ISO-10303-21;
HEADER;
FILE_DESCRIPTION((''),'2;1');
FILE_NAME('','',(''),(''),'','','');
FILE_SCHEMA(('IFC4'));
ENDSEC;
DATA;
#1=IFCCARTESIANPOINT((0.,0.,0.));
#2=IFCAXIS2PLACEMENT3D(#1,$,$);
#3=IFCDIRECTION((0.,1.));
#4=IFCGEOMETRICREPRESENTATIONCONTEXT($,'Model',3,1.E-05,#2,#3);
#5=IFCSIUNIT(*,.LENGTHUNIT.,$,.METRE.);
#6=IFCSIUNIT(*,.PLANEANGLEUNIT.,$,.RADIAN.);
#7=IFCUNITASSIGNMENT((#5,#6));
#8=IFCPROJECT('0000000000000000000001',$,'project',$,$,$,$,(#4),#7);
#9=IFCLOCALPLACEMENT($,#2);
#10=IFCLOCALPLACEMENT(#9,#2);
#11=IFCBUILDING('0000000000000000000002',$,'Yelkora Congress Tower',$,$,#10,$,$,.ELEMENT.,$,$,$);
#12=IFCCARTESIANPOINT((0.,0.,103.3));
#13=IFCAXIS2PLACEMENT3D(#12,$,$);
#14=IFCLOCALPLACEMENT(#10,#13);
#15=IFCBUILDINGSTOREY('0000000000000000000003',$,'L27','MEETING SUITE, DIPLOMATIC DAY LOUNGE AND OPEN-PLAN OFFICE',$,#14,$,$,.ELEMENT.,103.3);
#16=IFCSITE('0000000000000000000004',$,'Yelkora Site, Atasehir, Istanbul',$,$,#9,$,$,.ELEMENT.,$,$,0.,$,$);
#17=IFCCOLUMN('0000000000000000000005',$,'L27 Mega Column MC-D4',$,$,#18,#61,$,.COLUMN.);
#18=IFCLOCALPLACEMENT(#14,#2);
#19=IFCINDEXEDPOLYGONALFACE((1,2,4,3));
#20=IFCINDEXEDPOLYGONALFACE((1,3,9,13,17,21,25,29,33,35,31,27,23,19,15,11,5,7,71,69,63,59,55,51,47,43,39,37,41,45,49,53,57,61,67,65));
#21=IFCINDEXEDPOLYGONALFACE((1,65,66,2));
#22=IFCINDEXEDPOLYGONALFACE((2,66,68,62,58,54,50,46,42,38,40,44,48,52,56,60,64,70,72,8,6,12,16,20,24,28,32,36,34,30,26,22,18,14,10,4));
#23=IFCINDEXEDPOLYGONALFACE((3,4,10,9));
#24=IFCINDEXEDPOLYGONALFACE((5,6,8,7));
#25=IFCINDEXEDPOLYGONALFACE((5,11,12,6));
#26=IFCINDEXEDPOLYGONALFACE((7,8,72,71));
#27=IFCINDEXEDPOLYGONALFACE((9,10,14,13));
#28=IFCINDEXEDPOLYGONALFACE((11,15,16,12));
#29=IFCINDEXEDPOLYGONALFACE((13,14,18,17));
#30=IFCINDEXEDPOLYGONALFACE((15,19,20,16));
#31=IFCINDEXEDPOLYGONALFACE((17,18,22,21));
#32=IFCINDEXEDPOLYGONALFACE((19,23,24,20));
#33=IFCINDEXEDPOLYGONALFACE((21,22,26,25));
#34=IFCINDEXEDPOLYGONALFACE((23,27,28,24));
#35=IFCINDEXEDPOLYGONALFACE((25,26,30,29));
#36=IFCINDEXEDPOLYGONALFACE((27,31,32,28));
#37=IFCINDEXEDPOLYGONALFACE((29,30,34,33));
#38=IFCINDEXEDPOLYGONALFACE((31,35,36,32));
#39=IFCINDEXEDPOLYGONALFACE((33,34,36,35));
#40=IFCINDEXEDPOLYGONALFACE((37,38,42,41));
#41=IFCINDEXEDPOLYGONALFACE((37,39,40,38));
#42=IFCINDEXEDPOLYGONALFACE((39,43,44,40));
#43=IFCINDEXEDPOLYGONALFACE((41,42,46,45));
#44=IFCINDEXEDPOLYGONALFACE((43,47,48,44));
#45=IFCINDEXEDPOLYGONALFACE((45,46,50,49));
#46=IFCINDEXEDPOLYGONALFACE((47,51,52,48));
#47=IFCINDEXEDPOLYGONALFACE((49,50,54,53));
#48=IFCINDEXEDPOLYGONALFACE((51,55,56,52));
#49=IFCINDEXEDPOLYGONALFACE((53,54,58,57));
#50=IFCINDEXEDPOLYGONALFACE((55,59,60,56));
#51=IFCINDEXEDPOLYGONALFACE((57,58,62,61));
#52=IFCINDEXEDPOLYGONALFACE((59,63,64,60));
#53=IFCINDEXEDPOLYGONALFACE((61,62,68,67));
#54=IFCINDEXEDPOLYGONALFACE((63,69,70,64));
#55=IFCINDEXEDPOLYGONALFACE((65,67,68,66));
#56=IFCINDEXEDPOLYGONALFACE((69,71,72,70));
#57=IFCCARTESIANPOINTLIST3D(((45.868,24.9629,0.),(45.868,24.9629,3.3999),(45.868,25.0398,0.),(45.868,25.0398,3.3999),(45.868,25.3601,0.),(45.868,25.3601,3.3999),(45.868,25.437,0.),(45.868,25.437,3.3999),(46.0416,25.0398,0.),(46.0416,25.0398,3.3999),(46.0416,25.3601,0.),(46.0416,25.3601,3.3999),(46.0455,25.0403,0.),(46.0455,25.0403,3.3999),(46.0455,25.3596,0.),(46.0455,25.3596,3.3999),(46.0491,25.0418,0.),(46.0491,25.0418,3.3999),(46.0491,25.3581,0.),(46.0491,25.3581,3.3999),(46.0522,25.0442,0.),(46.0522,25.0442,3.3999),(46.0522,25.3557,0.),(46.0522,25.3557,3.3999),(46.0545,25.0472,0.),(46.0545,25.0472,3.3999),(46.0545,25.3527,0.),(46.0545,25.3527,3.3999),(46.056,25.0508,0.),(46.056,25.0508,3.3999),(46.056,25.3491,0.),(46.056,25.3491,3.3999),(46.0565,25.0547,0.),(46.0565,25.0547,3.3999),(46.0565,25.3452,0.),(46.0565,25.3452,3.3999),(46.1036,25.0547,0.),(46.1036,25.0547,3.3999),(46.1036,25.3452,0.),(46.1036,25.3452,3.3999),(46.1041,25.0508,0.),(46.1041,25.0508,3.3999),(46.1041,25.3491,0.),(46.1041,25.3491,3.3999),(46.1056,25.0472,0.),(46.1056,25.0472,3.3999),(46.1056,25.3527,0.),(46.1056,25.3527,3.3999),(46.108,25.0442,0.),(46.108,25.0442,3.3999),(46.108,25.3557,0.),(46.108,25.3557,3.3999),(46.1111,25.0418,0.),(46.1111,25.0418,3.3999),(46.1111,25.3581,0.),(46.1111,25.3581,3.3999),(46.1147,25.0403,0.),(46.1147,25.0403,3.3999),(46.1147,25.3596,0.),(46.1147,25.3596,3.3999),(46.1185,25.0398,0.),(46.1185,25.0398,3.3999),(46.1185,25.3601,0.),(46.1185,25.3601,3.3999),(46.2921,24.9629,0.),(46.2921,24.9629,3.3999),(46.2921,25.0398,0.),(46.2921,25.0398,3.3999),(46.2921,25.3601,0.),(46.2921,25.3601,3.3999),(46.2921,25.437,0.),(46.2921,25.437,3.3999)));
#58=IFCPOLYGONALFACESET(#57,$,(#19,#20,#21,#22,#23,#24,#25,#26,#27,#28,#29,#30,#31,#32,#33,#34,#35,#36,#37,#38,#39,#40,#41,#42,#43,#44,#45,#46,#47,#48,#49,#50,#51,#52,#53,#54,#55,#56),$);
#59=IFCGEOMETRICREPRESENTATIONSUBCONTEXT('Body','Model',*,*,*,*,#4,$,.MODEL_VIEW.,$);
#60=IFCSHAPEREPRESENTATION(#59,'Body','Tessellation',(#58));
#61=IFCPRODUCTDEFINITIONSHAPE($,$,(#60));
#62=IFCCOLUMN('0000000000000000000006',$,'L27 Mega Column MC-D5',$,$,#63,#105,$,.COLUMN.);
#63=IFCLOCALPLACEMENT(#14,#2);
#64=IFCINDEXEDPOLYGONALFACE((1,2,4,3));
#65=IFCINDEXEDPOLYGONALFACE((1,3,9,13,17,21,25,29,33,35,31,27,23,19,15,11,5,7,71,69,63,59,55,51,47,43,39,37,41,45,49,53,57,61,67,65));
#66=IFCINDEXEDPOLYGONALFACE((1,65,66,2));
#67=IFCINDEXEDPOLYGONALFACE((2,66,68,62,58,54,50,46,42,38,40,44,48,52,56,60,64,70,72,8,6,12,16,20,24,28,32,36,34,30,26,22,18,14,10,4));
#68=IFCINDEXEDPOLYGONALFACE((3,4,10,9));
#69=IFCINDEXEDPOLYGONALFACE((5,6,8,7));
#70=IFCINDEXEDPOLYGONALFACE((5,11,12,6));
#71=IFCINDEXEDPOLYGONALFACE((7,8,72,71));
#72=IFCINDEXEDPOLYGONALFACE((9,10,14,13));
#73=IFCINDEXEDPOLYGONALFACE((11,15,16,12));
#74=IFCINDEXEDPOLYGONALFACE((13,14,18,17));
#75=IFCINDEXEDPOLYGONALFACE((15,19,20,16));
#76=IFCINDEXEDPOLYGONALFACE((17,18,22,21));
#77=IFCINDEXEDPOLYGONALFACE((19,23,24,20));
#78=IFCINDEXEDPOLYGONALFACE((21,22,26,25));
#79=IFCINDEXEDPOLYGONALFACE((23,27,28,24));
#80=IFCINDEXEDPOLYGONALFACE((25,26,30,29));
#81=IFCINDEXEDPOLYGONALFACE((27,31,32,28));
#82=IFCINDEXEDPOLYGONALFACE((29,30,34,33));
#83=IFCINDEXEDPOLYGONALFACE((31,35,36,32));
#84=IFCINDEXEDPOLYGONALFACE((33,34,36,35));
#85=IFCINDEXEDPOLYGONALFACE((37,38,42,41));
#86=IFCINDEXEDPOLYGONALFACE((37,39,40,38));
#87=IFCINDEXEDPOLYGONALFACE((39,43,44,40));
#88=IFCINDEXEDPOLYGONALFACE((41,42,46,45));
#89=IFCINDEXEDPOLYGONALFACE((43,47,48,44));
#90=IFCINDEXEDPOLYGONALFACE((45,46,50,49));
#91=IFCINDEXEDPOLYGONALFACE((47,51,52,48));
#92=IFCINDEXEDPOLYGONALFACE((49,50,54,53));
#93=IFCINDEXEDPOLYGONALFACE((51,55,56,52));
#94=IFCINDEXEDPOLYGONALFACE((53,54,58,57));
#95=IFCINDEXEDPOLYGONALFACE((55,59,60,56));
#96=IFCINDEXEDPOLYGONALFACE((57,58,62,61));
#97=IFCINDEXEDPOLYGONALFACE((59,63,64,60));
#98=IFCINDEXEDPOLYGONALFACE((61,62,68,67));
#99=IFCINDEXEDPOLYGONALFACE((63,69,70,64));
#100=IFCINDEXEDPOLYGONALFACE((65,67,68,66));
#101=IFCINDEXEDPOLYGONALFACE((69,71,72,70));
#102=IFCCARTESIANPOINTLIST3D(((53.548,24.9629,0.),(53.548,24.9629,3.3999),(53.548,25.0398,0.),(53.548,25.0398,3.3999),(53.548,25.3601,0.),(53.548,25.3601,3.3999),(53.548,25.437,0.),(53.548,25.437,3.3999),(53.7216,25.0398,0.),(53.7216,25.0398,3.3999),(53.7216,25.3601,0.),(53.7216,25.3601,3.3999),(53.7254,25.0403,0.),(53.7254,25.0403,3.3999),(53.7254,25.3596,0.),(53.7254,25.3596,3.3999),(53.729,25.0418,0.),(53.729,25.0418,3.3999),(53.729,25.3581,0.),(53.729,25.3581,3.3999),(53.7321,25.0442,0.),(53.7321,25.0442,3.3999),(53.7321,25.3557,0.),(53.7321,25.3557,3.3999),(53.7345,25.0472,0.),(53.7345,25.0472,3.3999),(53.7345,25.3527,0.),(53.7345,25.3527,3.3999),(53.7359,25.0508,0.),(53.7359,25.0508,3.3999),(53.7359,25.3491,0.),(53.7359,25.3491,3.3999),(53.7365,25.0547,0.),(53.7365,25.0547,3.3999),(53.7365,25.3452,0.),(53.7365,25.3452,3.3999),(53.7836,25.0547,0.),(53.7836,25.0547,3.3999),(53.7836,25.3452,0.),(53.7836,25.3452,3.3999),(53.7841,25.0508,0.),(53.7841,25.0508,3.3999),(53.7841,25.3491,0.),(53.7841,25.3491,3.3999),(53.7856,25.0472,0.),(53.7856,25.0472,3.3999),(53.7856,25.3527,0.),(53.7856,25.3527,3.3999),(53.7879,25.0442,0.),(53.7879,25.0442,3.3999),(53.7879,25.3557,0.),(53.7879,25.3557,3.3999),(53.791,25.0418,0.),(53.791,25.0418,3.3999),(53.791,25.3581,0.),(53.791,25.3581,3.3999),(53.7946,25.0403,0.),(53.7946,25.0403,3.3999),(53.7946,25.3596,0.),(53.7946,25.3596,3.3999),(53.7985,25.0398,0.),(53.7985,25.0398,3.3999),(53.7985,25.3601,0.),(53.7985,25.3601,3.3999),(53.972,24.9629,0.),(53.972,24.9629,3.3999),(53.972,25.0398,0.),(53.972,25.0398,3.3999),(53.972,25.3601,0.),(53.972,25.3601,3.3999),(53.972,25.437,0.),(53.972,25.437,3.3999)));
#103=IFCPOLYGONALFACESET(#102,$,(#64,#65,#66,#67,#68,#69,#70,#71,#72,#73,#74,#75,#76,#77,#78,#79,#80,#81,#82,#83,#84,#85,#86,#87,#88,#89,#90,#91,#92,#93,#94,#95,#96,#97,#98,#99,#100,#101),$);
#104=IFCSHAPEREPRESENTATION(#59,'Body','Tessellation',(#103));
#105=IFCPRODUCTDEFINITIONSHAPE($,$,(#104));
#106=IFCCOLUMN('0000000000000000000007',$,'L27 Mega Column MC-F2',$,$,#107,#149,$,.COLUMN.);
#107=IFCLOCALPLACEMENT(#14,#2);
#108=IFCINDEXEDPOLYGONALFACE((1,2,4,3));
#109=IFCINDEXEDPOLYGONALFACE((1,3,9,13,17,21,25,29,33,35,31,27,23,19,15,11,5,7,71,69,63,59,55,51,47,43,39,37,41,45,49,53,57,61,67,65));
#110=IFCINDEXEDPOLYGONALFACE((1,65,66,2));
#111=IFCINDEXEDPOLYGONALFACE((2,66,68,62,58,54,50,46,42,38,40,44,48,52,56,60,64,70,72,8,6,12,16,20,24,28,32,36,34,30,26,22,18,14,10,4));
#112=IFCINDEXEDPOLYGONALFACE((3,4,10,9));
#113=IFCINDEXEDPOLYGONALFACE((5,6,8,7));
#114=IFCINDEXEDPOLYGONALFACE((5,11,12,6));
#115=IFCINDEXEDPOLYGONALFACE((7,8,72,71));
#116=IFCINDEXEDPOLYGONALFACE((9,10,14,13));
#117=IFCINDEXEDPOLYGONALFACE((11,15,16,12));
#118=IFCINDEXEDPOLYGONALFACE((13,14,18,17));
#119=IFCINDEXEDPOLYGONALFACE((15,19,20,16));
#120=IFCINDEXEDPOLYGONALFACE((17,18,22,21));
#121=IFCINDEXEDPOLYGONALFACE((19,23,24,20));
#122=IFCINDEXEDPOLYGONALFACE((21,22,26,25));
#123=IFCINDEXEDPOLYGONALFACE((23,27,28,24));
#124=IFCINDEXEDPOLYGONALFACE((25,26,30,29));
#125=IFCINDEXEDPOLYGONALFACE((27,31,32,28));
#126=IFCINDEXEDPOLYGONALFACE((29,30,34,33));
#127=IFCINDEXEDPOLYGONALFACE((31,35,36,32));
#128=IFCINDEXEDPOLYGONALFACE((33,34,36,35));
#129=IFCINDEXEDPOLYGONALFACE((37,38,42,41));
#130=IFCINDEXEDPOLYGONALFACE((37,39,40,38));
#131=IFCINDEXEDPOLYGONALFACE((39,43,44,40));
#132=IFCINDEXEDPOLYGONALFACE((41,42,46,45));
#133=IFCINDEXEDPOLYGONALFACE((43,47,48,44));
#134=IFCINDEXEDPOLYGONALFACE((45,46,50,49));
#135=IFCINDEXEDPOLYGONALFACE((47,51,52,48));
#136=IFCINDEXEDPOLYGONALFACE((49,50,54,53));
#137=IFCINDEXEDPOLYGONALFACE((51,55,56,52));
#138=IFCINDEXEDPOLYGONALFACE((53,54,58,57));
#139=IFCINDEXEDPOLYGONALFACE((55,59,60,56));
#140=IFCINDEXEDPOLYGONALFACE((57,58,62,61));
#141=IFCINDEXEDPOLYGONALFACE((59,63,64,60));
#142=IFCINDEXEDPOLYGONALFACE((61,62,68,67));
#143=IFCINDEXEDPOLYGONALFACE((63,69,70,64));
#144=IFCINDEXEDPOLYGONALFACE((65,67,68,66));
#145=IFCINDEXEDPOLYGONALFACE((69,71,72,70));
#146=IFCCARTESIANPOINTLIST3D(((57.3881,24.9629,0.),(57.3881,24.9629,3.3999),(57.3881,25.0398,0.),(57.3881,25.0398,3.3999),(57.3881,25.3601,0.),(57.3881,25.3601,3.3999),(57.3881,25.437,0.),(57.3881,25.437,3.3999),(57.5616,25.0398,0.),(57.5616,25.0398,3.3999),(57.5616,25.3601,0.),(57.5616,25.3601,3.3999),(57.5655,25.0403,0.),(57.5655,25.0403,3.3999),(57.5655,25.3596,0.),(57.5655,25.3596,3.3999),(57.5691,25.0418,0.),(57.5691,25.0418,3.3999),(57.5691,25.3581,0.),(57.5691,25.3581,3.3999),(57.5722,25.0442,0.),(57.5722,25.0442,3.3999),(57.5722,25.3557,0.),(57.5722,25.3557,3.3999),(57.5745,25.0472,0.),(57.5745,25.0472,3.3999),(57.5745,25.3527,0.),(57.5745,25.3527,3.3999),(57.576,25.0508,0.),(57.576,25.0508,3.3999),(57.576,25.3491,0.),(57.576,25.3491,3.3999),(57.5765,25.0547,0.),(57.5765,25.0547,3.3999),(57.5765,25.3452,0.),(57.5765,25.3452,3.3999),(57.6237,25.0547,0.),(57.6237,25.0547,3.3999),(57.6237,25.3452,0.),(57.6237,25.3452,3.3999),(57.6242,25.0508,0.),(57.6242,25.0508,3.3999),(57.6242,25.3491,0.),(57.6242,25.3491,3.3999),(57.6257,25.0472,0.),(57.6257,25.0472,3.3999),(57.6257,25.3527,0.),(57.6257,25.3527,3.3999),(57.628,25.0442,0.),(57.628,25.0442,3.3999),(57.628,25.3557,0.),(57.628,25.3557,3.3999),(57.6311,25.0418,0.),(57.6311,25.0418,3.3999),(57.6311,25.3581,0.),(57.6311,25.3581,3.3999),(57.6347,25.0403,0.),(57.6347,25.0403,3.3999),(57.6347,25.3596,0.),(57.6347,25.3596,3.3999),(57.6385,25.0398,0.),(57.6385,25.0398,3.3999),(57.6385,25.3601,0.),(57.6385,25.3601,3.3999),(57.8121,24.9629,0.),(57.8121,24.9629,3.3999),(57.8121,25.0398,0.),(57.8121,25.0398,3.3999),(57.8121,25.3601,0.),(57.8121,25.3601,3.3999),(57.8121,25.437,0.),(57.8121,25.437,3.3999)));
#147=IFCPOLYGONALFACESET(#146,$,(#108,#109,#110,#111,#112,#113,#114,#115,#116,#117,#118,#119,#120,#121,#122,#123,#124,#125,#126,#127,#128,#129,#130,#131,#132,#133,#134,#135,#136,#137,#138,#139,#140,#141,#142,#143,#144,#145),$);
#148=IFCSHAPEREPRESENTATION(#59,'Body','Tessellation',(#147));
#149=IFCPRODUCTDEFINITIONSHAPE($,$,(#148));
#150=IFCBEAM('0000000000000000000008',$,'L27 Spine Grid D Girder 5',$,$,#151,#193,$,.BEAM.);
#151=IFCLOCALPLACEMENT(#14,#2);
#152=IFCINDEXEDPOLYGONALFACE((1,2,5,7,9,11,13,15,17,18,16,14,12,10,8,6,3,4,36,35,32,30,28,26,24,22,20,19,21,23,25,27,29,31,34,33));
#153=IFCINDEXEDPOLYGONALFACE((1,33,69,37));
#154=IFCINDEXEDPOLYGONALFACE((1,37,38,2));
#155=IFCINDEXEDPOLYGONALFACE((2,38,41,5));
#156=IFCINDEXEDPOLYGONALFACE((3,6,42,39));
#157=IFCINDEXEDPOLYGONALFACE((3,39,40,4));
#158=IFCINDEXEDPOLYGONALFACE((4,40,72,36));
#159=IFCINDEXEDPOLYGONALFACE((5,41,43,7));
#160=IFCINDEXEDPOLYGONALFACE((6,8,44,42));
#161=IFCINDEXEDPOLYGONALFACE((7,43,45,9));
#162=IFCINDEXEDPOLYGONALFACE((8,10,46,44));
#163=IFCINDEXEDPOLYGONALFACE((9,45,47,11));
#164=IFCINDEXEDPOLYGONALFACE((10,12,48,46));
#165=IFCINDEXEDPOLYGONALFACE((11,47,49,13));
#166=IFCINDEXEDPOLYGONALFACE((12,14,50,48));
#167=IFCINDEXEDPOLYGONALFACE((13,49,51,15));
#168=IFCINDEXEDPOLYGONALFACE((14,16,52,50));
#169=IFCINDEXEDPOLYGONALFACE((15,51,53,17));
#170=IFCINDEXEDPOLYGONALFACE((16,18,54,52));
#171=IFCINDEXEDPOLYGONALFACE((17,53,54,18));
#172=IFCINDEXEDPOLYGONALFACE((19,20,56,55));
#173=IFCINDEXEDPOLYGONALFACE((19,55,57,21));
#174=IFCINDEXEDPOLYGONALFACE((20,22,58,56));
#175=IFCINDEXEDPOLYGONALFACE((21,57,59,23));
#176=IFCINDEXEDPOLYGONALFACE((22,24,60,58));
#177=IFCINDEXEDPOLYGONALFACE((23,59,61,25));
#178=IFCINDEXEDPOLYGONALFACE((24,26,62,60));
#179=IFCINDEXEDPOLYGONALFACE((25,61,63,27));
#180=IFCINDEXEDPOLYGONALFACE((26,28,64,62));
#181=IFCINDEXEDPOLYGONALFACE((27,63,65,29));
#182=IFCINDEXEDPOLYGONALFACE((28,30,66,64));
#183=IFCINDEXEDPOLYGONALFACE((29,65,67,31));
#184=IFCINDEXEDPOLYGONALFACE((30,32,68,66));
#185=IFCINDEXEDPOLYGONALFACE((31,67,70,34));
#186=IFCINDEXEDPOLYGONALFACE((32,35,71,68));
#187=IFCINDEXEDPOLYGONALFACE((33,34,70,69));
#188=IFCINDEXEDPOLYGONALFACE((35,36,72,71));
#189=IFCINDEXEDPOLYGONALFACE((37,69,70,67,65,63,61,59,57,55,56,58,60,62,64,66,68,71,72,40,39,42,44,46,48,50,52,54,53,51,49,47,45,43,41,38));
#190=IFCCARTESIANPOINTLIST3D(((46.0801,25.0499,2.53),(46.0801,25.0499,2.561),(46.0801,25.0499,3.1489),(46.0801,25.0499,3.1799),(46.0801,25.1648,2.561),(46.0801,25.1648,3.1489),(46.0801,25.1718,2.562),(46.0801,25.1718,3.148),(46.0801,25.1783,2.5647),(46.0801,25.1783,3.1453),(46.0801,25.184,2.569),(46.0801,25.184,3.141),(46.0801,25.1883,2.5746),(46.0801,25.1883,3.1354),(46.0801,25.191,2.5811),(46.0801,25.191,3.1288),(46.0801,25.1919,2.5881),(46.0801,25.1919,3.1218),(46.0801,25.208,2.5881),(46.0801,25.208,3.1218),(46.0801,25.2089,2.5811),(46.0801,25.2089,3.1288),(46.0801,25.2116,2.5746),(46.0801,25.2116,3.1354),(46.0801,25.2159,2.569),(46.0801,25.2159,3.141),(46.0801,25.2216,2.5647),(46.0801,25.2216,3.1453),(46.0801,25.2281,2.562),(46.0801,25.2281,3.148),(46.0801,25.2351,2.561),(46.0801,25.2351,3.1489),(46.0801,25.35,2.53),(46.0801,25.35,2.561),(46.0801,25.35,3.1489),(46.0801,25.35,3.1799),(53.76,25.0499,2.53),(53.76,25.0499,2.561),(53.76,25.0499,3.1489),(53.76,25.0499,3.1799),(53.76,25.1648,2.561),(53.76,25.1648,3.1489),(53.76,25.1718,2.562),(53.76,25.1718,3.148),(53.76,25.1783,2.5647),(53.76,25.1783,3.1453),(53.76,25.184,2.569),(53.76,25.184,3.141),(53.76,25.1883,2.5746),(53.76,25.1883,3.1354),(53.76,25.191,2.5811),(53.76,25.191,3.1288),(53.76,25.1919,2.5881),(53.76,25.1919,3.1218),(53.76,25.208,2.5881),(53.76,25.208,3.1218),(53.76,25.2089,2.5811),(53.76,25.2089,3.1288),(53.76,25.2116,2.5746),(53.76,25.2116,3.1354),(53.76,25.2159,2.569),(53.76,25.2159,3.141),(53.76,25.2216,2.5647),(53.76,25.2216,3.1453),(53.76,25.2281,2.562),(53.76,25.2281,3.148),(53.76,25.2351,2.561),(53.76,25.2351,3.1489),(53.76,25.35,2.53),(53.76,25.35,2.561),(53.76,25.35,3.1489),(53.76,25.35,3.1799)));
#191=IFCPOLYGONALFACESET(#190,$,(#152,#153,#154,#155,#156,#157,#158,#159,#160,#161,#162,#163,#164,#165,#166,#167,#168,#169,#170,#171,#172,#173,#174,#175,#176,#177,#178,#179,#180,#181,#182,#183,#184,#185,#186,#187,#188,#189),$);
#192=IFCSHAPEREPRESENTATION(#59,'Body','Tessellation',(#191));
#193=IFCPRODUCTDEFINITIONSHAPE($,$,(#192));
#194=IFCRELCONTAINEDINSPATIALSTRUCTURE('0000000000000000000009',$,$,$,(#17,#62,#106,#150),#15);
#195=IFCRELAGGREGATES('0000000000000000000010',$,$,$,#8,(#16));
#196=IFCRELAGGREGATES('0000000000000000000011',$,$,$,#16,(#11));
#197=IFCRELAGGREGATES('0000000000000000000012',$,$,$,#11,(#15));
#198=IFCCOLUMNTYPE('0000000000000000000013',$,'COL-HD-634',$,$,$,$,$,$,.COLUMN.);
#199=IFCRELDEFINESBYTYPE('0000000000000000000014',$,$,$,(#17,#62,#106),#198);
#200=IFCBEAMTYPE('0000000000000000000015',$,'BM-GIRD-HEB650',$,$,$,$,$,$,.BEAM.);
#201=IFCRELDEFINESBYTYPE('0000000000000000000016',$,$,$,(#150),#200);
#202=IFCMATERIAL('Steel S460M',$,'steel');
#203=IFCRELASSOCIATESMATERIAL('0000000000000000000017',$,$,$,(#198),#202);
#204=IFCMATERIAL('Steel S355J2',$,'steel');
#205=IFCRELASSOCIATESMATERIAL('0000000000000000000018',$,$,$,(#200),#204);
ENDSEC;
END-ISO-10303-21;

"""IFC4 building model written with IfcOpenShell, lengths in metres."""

from ifc_helpers import new_model, si_unit, direction, frame, origin, origin_2d, place, context, subcontext, project, spatial, i_section, extrude, material, material_profile, profile_set, type_object, element, save


model = new_model("IFC4")

# Units and contexts
model_context = context("Model", 3, precision=1e-05, world=origin(), true_north=direction((0.0, 1.0)))
body_context = subcontext(model_context, "Body", "Model", "MODEL_VIEW")
ifc_project = project(units=[si_unit("LENGTHUNIT", "METRE"), si_unit("PLANEANGLEUNIT", "RADIAN")], contexts=[model_context])

# Site, building, storey
site_placement = place(None, origin())
site = spatial("IfcSite", under=ifc_project, at=site_placement, Name="Yelkora Site, Atasehir, Istanbul", CompositionType="ELEMENT", RefElevation=0.0)
building_placement = place(site_placement, origin())
building = spatial("IfcBuilding", under=site, at=building_placement, Name="Yelkora Congress Tower", CompositionType="ELEMENT")
storey_placement = place(building_placement, frame((0.0, 0.0, 103.3)))
storey = spatial("IfcBuildingStorey", under=building, at=storey_placement, Name="L27", Description="MEETING SUITE, DIPLOMATIC DAY LOUNGE AND OPEN-PLAN OFFICE", CompositionType="ELEMENT", Elevation=103.3)

# Columns
ifc_material_1 = material(Name="Steel S460M", Category="steel")
ifc_material_profile_1 = material_profile(ifc_material_1, i_section(OverallWidth=0.4241, OverallDepth=0.4741, WebThickness=0.0471, FlangeThickness=0.0769, FilletRadius=0.0149, at=origin_2d()), Name="HD 400x634")
ifc_profile_set_1 = profile_set([ifc_material_profile_1], Name="Steel S460M")
column_type = type_object("IfcColumnType", Name="COL-HD-634", PredefinedType="COLUMN", material=ifc_profile_set_1)
for number, where, z_axis, x_axis, name in (
    (1, (46.0801, 25.2, 0.0), (0.0, 0.0, 1.0), (1.0, 0.0, 0.0), "L27 Mega Column MC-D4"),
    (2, (53.76, 25.2, 0.0), (0.0, 0.0, 1.0), (1.0, 0.0, 0.0), "L27 Mega Column MC-D5"),
    (3, (57.6001, 25.2, 0.0), (0.0, 0.0, 1.0), (1.0, 0.0, 0.0), "L27 Mega Column MC-F2"),
):
    element("IfcColumn", number, at=place(storey_placement, frame(where, z_axis=z_axis, x_axis=x_axis)), inside=storey, type_object=column_type, Name=name, PredefinedType="COLUMN", context=body_context, shape_type="SweptSolid", body=[
        extrude(i_section(OverallWidth=0.4241, OverallDepth=0.4741, WebThickness=0.0471, FlangeThickness=0.0769, FilletRadius=0.0149, at=origin_2d()), origin(), (0.0, 0.0, 1.0), 3.3999),
    ])

# Beam
ifc_material_2 = material(Name="Steel S355J2", Category="steel")
ifc_material_profile_2 = material_profile(ifc_material_2, i_section(OverallWidth=0.3, OverallDepth=0.6499, WebThickness=0.0161, FlangeThickness=0.031, FilletRadius=0.0271, at=origin_2d()), Name="HEB 650")
ifc_profile_set_2 = profile_set([ifc_material_profile_2], Name="Steel S355J2")
beam_type_1 = type_object("IfcBeamType", Name="BM-GIRD-HEB650", PredefinedType="BEAM", material=ifc_profile_set_2)
beam_1_placement = place(storey_placement, frame((46.0801, 25.2, 2.855), z_axis=(1.0, 0.0, 0.0), x_axis=(0.0, 1.0, 0.0)))
element("IfcBeam", 4, at=beam_1_placement, inside=storey, type_object=beam_type_1, Name="L27 Spine Grid D Girder 5", PredefinedType="BEAM", context=body_context, shape_type="SweptSolid", body=[
    extrude(i_section(OverallWidth=0.3, OverallDepth=0.6499, WebThickness=0.0161, FlangeThickness=0.031, FilletRadius=0.0271, at=origin_2d()), origin(), (0.0, 0.0, 1.0), 7.6799),
])

save(model, "model.ifc")
